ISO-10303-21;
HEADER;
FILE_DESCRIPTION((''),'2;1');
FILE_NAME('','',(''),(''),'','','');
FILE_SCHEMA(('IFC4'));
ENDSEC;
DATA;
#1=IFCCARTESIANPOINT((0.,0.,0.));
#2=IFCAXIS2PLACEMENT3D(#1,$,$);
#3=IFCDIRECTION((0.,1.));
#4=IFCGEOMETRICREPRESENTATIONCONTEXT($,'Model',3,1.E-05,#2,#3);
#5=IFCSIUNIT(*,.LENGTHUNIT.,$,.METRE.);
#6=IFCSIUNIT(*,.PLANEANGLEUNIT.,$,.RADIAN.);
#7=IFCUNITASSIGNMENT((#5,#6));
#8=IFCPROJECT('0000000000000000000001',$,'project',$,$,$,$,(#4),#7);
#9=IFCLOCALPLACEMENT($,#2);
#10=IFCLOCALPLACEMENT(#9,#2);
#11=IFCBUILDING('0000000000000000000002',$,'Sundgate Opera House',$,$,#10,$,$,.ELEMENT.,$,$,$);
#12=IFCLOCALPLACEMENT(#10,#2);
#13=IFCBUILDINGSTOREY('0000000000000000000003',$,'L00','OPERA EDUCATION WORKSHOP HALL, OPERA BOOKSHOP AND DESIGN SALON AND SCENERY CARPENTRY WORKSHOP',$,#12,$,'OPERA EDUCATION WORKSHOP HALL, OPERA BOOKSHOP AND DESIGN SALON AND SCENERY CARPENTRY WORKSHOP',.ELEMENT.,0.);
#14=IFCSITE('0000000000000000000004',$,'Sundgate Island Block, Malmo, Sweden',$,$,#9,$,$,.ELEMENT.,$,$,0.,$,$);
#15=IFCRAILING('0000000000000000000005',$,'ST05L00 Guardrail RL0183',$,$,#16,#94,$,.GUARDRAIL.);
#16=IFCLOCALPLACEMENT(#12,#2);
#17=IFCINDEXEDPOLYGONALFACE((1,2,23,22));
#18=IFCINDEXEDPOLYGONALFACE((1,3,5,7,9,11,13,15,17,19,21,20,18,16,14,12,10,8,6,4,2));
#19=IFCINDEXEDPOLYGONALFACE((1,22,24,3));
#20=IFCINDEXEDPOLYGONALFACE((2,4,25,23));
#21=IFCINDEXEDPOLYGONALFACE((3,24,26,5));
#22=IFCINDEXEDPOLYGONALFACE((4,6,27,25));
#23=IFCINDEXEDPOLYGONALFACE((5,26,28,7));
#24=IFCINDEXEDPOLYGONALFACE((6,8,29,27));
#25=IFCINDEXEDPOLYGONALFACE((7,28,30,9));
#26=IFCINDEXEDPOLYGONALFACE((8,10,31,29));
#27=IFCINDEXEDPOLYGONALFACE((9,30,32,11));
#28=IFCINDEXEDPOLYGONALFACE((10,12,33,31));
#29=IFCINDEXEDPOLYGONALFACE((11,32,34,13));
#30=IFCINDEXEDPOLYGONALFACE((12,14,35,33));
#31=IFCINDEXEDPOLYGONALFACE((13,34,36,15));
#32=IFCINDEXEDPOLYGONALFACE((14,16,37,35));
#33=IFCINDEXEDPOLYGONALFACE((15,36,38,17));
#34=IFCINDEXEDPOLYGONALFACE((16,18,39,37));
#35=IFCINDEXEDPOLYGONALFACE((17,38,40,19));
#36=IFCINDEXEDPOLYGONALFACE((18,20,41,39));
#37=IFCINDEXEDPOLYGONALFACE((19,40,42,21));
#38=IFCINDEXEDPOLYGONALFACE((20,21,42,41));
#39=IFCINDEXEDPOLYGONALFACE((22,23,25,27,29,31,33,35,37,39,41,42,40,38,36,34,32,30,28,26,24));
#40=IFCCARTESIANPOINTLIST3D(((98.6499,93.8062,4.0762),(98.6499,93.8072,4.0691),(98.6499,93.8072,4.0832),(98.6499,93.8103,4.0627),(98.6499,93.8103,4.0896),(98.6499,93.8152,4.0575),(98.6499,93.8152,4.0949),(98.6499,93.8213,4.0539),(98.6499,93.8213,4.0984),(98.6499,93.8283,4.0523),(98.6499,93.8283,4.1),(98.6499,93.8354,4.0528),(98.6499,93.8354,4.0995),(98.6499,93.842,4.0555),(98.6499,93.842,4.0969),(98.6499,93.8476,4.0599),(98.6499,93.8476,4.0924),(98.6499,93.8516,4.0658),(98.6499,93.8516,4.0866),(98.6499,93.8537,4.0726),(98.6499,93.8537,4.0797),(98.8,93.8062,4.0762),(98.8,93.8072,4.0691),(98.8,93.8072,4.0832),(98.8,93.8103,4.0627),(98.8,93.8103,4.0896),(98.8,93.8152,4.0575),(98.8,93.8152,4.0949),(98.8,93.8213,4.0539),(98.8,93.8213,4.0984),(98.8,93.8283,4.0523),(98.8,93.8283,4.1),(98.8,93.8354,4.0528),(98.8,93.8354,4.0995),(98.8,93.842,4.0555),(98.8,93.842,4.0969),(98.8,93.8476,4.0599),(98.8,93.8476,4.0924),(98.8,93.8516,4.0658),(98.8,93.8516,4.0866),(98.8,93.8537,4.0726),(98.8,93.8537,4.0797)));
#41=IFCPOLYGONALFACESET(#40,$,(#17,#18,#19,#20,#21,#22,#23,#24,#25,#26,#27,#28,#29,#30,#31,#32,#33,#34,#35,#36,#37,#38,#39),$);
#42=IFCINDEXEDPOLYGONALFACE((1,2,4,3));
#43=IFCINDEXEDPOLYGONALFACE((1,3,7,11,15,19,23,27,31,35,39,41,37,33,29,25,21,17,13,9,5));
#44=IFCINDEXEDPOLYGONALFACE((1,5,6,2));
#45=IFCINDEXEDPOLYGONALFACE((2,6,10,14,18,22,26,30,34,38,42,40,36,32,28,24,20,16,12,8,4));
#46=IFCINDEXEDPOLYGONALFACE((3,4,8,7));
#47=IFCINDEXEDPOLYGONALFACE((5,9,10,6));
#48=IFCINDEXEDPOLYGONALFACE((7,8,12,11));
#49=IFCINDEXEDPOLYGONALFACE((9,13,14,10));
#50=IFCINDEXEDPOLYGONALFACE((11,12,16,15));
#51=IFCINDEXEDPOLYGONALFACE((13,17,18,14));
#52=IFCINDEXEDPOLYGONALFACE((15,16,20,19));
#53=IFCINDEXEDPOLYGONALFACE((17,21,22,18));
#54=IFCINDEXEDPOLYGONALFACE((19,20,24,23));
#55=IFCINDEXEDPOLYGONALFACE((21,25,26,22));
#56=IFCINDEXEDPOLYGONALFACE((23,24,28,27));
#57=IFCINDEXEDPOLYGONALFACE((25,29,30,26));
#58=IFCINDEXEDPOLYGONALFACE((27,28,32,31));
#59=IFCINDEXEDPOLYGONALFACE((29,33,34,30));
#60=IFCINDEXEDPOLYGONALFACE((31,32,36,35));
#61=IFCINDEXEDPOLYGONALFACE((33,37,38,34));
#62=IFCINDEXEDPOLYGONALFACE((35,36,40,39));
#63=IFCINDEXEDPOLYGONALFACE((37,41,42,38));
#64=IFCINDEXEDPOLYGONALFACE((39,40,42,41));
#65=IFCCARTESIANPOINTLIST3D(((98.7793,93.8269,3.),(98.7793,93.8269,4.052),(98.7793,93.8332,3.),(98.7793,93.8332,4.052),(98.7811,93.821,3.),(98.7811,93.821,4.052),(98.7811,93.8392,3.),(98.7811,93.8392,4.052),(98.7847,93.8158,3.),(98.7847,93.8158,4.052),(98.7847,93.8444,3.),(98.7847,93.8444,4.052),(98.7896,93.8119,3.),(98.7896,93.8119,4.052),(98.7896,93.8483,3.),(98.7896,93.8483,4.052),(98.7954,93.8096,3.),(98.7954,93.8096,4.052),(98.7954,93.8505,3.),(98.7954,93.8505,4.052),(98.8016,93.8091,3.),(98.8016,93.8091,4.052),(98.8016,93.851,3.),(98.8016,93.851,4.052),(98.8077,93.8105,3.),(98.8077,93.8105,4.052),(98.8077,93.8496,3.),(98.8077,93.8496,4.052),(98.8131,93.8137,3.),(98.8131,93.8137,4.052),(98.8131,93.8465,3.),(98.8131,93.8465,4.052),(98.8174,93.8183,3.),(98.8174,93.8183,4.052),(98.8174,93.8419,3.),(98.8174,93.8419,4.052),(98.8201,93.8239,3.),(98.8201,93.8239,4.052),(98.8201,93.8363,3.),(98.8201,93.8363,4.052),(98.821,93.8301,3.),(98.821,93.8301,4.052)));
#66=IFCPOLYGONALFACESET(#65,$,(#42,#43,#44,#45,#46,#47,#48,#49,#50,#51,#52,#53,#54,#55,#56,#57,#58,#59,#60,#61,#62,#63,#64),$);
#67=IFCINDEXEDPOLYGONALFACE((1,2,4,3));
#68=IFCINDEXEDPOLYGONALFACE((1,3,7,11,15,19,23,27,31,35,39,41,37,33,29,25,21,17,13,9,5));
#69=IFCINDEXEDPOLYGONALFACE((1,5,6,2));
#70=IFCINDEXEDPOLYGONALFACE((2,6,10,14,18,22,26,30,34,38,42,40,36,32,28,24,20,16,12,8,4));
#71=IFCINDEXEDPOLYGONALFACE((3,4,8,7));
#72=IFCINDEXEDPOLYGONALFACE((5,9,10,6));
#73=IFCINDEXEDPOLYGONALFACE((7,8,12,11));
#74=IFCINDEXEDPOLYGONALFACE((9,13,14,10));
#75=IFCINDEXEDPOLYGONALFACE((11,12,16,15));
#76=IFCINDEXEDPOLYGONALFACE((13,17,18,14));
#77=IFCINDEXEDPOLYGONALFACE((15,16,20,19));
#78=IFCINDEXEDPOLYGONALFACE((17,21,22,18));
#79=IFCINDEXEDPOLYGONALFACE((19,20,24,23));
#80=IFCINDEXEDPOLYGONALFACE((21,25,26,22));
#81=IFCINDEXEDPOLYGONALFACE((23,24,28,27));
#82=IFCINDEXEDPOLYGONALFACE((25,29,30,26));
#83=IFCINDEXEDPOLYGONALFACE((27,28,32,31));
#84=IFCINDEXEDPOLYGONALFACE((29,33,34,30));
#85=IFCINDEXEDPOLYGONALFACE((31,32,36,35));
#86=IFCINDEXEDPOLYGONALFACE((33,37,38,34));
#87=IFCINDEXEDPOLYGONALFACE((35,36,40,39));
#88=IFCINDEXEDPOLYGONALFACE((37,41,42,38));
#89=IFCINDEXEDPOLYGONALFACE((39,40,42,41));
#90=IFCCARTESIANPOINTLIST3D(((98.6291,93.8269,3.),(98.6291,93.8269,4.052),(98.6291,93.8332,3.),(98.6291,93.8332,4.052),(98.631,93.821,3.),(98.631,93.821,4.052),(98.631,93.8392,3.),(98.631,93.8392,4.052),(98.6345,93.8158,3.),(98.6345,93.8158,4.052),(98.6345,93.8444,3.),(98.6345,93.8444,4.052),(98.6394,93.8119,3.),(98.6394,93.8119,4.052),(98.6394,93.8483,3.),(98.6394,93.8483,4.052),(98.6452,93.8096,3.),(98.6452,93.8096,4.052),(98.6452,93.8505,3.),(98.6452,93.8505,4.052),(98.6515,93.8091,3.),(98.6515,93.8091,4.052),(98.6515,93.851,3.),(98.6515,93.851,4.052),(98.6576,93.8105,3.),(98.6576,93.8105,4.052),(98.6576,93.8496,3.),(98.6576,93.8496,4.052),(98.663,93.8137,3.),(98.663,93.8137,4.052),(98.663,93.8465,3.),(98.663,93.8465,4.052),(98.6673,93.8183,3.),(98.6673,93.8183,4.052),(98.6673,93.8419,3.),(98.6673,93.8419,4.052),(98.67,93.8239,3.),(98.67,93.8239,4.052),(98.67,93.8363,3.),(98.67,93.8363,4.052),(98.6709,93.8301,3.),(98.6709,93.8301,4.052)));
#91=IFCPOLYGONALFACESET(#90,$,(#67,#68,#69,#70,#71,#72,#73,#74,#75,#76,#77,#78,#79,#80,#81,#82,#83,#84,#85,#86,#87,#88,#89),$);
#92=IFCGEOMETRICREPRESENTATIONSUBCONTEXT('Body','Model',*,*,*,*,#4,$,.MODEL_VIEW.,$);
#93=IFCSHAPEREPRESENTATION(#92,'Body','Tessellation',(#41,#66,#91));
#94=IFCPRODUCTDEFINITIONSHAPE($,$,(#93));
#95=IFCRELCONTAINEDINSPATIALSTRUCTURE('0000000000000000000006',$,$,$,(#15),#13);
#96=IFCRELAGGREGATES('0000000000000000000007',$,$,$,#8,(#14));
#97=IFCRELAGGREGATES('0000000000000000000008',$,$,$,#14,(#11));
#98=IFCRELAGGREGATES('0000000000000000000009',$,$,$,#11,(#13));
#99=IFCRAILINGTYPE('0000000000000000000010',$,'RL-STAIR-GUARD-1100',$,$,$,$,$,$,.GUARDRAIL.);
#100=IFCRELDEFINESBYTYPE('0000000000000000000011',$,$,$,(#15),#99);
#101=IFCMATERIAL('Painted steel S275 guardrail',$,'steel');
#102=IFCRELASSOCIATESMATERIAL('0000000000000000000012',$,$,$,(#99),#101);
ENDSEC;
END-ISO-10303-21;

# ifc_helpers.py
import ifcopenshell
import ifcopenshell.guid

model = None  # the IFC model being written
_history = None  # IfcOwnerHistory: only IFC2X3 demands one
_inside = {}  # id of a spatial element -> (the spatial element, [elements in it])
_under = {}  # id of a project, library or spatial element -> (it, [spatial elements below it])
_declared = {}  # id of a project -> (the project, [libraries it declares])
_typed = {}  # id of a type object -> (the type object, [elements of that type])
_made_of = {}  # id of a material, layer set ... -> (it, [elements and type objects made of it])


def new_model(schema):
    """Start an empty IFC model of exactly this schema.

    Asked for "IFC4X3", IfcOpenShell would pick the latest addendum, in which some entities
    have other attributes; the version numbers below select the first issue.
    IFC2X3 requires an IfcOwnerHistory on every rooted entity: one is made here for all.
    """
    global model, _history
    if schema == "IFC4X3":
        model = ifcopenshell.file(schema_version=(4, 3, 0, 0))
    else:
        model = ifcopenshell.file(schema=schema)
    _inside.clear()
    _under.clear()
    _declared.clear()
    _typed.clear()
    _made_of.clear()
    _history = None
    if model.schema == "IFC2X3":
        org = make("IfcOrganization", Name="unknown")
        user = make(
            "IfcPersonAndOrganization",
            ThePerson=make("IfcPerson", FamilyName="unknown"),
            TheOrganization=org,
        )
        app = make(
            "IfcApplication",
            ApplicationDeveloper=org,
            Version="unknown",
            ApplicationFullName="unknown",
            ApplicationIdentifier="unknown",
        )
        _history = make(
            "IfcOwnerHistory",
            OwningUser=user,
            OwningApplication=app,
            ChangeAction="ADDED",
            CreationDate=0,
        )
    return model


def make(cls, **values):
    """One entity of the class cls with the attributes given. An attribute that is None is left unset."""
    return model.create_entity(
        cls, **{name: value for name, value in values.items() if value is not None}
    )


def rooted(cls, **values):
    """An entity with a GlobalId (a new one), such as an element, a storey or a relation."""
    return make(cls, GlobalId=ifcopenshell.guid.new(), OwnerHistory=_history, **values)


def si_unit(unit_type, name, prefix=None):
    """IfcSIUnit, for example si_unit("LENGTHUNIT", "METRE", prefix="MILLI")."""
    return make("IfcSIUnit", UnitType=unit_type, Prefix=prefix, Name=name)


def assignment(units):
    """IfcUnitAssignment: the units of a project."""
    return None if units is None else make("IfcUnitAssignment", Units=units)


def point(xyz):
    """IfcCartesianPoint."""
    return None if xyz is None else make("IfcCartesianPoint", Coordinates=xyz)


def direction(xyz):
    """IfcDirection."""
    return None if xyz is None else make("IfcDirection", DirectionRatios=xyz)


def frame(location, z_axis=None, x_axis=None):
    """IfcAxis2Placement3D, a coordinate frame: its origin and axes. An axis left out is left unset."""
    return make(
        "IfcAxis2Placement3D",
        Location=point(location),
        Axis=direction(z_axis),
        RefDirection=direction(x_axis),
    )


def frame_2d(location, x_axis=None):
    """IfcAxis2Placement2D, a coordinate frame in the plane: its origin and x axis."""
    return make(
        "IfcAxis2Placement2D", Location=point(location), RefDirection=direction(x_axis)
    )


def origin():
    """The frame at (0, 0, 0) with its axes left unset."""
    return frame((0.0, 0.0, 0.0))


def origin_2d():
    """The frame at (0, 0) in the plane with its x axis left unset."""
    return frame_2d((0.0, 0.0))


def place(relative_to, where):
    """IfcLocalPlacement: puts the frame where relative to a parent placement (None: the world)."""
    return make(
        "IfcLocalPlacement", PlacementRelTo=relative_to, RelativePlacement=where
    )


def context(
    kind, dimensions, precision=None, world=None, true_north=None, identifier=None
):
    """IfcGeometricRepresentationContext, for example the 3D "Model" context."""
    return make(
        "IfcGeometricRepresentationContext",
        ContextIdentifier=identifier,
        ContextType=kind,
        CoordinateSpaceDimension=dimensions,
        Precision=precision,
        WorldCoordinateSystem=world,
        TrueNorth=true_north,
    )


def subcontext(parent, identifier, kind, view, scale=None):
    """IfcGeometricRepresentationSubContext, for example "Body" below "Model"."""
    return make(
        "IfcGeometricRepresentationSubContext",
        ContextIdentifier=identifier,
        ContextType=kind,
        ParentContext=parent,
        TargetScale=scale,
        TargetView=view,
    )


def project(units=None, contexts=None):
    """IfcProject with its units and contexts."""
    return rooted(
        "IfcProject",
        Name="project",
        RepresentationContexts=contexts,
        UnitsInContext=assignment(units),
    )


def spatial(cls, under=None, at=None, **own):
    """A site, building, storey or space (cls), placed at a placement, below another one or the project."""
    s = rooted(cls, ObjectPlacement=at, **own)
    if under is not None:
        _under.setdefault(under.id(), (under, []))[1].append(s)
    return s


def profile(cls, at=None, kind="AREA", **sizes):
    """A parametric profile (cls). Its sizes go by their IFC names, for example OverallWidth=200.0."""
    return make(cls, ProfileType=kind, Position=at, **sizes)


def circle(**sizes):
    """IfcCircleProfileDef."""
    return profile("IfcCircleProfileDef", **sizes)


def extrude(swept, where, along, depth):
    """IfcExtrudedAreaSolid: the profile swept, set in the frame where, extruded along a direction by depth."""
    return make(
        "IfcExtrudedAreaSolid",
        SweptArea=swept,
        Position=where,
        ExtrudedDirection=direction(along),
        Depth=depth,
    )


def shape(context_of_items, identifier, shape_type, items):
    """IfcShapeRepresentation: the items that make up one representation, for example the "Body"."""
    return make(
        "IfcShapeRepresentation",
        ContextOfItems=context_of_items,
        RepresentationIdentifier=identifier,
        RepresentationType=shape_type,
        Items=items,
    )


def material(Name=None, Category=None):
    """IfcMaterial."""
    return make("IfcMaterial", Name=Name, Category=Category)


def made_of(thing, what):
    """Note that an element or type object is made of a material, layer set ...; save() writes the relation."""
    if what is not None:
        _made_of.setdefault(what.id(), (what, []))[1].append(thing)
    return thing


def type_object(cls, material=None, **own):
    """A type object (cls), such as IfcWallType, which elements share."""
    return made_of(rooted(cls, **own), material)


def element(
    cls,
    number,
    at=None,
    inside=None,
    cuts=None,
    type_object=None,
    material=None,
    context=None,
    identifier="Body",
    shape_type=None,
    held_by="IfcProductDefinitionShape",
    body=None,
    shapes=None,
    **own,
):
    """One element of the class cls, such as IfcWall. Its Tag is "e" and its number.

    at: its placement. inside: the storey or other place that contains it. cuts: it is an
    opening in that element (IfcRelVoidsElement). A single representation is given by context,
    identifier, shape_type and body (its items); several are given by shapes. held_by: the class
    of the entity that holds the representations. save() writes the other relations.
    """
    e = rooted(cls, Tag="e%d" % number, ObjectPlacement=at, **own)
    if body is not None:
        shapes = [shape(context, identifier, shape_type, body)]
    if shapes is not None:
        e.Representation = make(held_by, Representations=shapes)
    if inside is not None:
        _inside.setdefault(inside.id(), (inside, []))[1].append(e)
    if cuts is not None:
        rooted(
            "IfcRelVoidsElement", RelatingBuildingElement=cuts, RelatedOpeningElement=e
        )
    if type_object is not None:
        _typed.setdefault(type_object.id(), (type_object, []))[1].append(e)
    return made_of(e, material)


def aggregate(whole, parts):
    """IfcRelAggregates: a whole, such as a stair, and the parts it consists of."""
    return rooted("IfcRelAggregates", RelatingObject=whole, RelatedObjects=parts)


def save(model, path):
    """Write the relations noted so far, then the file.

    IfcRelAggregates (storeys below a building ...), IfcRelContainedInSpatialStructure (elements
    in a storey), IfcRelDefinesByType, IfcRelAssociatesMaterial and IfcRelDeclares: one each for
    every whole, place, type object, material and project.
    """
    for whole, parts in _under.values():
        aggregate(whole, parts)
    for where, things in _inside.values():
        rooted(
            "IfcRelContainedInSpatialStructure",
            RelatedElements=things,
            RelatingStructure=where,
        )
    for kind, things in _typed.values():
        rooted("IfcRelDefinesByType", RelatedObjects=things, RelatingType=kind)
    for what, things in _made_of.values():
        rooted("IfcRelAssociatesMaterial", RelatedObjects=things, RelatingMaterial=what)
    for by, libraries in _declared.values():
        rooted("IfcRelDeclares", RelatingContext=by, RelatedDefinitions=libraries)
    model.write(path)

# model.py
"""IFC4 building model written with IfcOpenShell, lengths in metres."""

from ifc_helpers import new_model, si_unit, direction, frame, origin, origin_2d, place, context, subcontext, project, spatial, circle, extrude, material, type_object, element, save


model = new_model("IFC4")

# Units and contexts
model_context = context("Model", 3, precision=1e-05, world=origin(), true_north=direction((0.0, 1.0)))
body_context = subcontext(model_context, "Body", "Model", "MODEL_VIEW")
ifc_project = project(units=[si_unit("LENGTHUNIT", "METRE"), si_unit("PLANEANGLEUNIT", "RADIAN")], contexts=[model_context])

# Site, building, storey
site_placement = place(None, origin())
site = spatial("IfcSite", under=ifc_project, at=site_placement, Name="Sundgate Island Block, Malmo, Sweden", CompositionType="ELEMENT", RefElevation=0.0)
building_placement = place(site_placement, origin())
building = spatial("IfcBuilding", under=site, at=building_placement, Name="Sundgate Opera House", CompositionType="ELEMENT")
storey_placement = place(building_placement, origin())
storey = spatial("IfcBuildingStorey", under=building, at=storey_placement, Name="L00", Description="OPERA EDUCATION WORKSHOP HALL, OPERA BOOKSHOP AND DESIGN SALON AND SCENERY CARPENTRY WORKSHOP", LongName="OPERA EDUCATION WORKSHOP HALL, OPERA BOOKSHOP AND DESIGN SALON AND SCENERY CARPENTRY WORKSHOP", CompositionType="ELEMENT", Elevation=0.0)

# Railing
ifc_material_1 = material(Name="Painted steel S275 guardrail", Category="steel")
railing_type_1 = type_object("IfcRailingType", Name="RL-STAIR-GUARD-1100", PredefinedType="GUARDRAIL", material=ifc_material_1)
railing_1_placement = place(storey_placement, frame((98.8, 93.8301, 3.0)))
element("IfcRailing", 1, at=railing_1_placement, inside=storey, type_object=railing_type_1, Name="ST05L00 Guardrail RL0183", PredefinedType="GUARDRAIL", context=body_context, shape_type="SweptSolid", body=[
    extrude(circle(Radius=0.0239, at=origin_2d()), frame((0.0, 0.0, 1.0762), z_axis=(-1.0, 0.0, 0.0), x_axis=(0.0, -1.0, 0.0)), (0.0, 0.0, 1.0), 0.1501),
    extrude(circle(Radius=0.021, at=origin_2d()), origin(), (0.0, 0.0, 1.0), 1.052),
    extrude(circle(Radius=0.021, at=origin_2d()), frame((-0.1501, 0.0, 0.0)), (0.0, 0.0, 1.0), 1.052),
])

save(model, "model.ifc")
